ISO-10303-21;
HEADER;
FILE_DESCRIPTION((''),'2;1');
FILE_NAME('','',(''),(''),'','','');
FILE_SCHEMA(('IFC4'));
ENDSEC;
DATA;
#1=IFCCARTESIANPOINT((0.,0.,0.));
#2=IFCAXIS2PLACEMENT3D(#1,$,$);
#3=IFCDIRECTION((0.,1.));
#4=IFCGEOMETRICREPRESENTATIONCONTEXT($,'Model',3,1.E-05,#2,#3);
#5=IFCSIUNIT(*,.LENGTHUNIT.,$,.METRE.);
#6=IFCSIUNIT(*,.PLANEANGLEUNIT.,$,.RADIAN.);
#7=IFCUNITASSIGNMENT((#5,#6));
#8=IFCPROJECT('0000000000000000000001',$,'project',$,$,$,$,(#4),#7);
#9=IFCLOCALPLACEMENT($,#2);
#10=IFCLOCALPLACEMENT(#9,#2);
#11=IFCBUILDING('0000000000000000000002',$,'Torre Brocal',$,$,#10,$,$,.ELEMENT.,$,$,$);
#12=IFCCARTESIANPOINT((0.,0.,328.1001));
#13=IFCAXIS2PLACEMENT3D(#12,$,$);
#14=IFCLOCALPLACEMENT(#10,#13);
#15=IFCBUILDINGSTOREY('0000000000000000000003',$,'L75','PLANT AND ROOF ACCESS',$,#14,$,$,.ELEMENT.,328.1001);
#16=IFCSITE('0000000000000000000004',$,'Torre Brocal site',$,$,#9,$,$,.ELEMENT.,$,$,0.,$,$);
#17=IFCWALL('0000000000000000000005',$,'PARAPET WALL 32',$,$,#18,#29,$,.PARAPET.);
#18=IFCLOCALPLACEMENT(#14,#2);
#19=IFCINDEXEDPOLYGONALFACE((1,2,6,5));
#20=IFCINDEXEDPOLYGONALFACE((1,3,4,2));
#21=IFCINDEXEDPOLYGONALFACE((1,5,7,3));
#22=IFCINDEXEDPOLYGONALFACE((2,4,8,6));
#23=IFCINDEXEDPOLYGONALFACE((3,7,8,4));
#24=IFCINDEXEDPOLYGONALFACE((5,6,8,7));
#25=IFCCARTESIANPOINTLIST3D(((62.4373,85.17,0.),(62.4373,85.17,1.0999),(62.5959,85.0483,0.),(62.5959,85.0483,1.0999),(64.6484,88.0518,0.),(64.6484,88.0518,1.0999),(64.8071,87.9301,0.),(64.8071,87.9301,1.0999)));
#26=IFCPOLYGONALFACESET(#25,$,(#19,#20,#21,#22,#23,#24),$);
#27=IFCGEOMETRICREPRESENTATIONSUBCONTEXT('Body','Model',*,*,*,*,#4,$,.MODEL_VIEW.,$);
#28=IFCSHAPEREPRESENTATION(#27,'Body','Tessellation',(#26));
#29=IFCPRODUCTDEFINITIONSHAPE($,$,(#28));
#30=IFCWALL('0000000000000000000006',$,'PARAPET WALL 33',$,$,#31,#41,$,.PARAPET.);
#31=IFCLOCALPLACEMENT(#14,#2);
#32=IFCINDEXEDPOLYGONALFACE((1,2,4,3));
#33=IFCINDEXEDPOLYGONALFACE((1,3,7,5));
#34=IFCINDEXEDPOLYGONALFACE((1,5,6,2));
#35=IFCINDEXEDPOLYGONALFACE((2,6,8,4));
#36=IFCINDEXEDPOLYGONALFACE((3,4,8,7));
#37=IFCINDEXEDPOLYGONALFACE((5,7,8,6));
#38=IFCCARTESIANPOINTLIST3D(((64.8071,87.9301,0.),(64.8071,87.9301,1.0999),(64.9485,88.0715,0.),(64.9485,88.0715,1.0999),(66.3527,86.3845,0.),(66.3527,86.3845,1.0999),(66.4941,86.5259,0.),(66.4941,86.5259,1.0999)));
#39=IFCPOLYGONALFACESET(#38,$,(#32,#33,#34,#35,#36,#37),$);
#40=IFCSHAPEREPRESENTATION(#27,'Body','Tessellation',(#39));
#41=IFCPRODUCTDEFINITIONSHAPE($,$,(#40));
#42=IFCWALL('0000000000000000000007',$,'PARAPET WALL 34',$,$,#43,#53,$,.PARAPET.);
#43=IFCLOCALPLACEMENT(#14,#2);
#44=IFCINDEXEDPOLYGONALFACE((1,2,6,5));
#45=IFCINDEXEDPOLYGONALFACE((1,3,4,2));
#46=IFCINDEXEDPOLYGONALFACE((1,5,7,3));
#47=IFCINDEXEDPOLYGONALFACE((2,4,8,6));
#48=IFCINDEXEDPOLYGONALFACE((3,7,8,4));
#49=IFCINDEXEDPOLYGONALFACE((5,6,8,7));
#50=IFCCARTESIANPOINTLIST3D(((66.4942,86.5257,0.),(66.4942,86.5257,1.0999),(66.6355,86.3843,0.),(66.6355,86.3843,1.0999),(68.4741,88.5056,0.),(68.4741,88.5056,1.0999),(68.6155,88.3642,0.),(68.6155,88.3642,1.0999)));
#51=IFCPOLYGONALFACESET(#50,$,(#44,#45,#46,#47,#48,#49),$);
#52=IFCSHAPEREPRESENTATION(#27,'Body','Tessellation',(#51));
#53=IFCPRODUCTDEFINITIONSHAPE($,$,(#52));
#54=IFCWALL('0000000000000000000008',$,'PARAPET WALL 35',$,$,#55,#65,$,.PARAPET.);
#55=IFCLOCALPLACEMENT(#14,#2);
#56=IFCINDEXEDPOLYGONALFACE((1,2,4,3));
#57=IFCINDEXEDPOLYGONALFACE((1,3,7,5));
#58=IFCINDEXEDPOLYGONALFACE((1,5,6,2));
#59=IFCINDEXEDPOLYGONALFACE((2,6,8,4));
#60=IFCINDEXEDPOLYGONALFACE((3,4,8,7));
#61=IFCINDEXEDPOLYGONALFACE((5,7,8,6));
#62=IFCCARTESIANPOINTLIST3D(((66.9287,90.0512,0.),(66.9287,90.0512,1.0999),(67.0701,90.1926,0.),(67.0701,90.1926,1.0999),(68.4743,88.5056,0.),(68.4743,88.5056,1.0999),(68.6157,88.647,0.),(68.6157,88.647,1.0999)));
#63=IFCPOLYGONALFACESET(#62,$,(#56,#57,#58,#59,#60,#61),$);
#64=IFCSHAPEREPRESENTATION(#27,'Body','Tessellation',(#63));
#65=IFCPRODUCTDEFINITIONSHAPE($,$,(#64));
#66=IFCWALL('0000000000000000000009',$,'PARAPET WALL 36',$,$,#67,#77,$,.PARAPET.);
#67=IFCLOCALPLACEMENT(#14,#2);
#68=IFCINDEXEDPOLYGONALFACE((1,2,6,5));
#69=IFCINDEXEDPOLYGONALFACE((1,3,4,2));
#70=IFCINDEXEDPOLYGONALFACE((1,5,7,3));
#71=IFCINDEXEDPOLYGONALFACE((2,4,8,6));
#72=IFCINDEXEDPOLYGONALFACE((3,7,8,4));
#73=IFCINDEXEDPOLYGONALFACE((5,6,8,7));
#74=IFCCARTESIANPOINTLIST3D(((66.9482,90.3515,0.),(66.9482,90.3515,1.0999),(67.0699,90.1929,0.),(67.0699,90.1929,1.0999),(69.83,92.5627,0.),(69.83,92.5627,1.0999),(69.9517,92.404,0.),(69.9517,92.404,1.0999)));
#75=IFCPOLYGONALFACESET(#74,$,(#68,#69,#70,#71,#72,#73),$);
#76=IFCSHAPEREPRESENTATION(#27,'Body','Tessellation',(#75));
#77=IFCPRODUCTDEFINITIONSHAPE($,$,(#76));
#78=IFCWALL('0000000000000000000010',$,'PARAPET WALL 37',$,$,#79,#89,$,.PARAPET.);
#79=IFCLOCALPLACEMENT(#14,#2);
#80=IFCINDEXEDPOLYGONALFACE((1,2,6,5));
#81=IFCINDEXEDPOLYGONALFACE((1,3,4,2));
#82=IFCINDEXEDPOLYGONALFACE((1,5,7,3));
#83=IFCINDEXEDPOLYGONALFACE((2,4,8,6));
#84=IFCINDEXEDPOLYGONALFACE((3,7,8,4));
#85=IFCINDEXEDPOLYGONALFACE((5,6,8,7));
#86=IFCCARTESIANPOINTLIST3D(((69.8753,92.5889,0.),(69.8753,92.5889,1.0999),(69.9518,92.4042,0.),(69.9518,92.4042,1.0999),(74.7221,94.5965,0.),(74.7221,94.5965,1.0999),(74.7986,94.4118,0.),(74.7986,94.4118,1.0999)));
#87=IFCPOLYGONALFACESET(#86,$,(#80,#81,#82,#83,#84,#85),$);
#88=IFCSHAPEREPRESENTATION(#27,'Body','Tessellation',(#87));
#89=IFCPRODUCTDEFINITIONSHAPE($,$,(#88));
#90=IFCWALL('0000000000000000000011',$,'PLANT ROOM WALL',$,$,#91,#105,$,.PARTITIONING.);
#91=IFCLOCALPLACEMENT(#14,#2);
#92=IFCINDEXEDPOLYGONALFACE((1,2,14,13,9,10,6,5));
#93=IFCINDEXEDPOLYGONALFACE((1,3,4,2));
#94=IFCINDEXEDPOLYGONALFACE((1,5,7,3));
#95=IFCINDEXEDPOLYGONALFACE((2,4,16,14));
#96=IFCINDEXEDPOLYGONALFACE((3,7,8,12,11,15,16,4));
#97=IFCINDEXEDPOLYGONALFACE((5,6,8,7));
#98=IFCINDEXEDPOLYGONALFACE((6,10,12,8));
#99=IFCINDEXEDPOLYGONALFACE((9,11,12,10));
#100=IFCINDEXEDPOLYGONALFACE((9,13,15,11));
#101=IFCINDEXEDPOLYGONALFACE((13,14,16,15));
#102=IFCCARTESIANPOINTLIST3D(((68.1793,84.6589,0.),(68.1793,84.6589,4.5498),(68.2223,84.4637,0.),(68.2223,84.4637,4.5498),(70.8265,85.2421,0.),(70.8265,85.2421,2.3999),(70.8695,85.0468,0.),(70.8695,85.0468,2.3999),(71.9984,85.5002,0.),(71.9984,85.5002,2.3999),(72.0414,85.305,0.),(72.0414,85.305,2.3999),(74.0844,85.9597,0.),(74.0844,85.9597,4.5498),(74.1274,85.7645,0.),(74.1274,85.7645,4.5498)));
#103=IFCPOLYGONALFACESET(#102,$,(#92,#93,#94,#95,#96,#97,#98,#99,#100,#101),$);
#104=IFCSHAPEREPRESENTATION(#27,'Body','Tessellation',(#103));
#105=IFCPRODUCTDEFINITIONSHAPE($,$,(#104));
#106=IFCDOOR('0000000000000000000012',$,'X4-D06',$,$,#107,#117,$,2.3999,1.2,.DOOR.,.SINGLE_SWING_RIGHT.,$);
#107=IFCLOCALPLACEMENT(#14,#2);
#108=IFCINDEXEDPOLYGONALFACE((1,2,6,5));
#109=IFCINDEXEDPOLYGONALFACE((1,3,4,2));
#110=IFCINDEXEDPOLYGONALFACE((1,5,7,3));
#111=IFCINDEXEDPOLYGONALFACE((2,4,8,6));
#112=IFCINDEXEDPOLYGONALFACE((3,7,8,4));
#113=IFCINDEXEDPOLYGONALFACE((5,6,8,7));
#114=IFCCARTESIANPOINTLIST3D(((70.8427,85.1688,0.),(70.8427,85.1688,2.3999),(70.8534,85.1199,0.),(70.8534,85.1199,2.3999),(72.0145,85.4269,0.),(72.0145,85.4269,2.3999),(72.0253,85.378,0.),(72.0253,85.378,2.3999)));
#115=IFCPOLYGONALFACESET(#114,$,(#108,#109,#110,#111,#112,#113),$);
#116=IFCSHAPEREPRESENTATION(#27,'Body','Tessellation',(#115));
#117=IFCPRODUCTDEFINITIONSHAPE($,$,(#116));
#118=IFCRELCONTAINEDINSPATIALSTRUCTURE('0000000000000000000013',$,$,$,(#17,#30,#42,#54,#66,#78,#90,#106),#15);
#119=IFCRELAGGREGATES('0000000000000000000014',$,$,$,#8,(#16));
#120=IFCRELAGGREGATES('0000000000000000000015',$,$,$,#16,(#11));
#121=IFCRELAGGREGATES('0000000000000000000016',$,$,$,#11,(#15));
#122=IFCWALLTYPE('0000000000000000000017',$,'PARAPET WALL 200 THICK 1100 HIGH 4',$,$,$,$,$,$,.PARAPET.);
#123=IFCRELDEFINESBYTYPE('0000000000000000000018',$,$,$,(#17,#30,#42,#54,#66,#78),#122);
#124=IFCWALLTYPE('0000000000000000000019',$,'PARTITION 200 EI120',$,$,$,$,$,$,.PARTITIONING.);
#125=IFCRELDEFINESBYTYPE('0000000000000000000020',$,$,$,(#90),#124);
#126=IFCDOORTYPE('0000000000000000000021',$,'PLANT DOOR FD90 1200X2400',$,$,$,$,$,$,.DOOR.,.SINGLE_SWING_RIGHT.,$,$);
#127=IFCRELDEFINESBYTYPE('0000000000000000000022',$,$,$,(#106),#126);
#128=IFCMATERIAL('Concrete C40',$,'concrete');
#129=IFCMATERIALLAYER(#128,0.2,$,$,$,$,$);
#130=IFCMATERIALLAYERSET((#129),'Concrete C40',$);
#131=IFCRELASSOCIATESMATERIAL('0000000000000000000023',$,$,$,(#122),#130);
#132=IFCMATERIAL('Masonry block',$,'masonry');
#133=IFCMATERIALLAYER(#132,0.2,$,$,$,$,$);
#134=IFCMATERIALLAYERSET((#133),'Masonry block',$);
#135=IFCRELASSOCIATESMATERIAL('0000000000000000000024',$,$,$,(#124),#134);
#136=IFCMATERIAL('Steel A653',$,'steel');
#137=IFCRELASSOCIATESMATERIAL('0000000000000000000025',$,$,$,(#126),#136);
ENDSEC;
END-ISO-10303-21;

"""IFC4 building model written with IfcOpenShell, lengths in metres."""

from ifc_helpers import new_model, si_unit, direction, frame, frame_2d, origin, place, context, subcontext, project, spatial, rectangle, extrude, material, layer, layer_set, type_object, element, fill, save


model = new_model("IFC4")

# Units and contexts
model_context = context("Model", 3, precision=1e-05, world=origin(), true_north=direction((0.0, 1.0)))
body_context = subcontext(model_context, "Body", "Model", "MODEL_VIEW")
ifc_project = project(units=[si_unit("LENGTHUNIT", "METRE"), si_unit("PLANEANGLEUNIT", "RADIAN")], contexts=[model_context])

# Site, building, storey
site_placement = place(None, origin())
site = spatial("IfcSite", under=ifc_project, at=site_placement, Name="Torre Brocal site", CompositionType="ELEMENT", RefElevation=0.0)
building_placement = place(site_placement, origin())
building = spatial("IfcBuilding", under=site, at=building_placement, Name="Torre Brocal", CompositionType="ELEMENT")
storey_placement = place(building_placement, frame((0.0, 0.0, 328.1001)))
storey = spatial("IfcBuildingStorey", under=building, at=storey_placement, Name="L75", Description="PLANT AND ROOF ACCESS", CompositionType="ELEMENT", Elevation=328.1001)

# Walls
ifc_material_1 = material(Name="Concrete C40", Category="concrete")
ifc_layer_1 = layer(ifc_material_1, 0.2)
ifc_layer_set_1 = layer_set([ifc_layer_1], Name="Concrete C40")
wall_type_1 = type_object("IfcWallType", Name="PARAPET WALL 200 THICK 1100 HIGH 4", PredefinedType="PARAPET", material=ifc_layer_set_1)
wall_1_placement = place(storey_placement, frame((62.5166, 85.1091, 0.0), z_axis=(0.0, 0.0, 1.0), x_axis=(0.608739, 0.79337, 0.0)))
element("IfcWall", 1, at=wall_1_placement, inside=storey, type_object=wall_type_1, Name="PARAPET WALL 32", PredefinedType="PARAPET", context=body_context, shape_type="SweptSolid", body=[
    extrude(rectangle(XDim=3.6323, YDim=0.2, at=frame_2d((1.8162, 0.0))), origin(), (0.0, 0.0, 1.0), 1.0999),
])
wall_2_placement = place(storey_placement, frame((64.8779, 88.0007, 0.0), z_axis=(0.0, 0.0, 1.0), x_axis=(0.707107, -0.707107, 0.0)))
element("IfcWall", 2, at=wall_2_placement, inside=storey, type_object=wall_type_1, Name="PARAPET WALL 33", PredefinedType="PARAPET", context=body_context, shape_type="SweptSolid", body=[
    extrude(rectangle(XDim=2.1858, YDim=0.2, at=frame_2d((1.0928, 0.0))), origin(), (0.0, 0.0, 1.0), 1.0999),
])
wall_3_placement = place(storey_placement, frame((66.5649, 86.4551, 0.0), z_axis=(0.0, 0.0, 1.0), x_axis=(0.707107, 0.707107, 0.0)))
element("IfcWall", 3, at=wall_3_placement, inside=storey, type_object=wall_type_1, Name="PARAPET WALL 34", PredefinedType="PARAPET", context=body_context, shape_type="SweptSolid", body=[
    extrude(rectangle(XDim=2.8, YDim=0.2, at=frame_2d((1.3999, 0.0))), origin(), (0.0, 0.0, 1.0), 1.0999),
])
wall_4_placement = place(storey_placement, frame((68.5449, 88.5764, 0.0), z_axis=(0.0, 0.0, 1.0), x_axis=(-0.707107, 0.707107, 0.0)))
element("IfcWall", 4, at=wall_4_placement, inside=storey, type_object=wall_type_1, Name="PARAPET WALL 35", PredefinedType="PARAPET", context=body_context, shape_type="SweptSolid", body=[
    extrude(rectangle(XDim=2.1858, YDim=0.2, at=frame_2d((1.0928, 0.0))), origin(), (0.0, 0.0, 1.0), 1.0999),
])
wall_5_placement = place(storey_placement, frame((67.009, 90.2722, 0.0), z_axis=(0.0, 0.0, 1.0), x_axis=(0.79337, 0.608739, 0.0)))
element("IfcWall", 5, at=wall_5_placement, inside=storey, type_object=wall_type_1, Name="PARAPET WALL 36", PredefinedType="PARAPET", context=body_context, shape_type="SweptSolid", body=[
    extrude(rectangle(XDim=3.6323, YDim=0.2, at=frame_2d((1.8162, 0.0))), origin(), (0.0, 0.0, 1.0), 1.0999),
])
wall_6_placement = place(storey_placement, frame((69.9136, 92.4966, 0.0), z_axis=(0.0, 0.0, 1.0), x_axis=(0.923879, 0.382685, 0.0)))
element("IfcWall", 6, at=wall_6_placement, inside=storey, type_object=wall_type_1, Name="PARAPET WALL 37", PredefinedType="PARAPET", context=body_context, shape_type="SweptSolid", body=[
    extrude(rectangle(XDim=5.2461, YDim=0.2, at=frame_2d((2.623, 0.0))), origin(), (0.0, 0.0, 1.0), 1.0999),
])

# Wall, opening, door
ifc_material_2 = material(Name="Masonry block", Category="masonry")
ifc_layer_2 = layer(ifc_material_2, 0.2)
ifc_layer_set_2 = layer_set([ifc_layer_2], Name="Masonry block")
wall_type_2 = type_object("IfcWallType", Name="PARTITION 200 EI120", PredefinedType="PARTITIONING", material=ifc_layer_set_2)
wall_7_placement = place(storey_placement, frame((68.2007, 84.5613, 0.0), z_axis=(0.0, 0.0, 1.0), x_axis=(0.976586, 0.215126, 0.0)))
wall_7 = element("IfcWall", 7, at=wall_7_placement, inside=storey, type_object=wall_type_2, Name="PLANT ROOM WALL", PredefinedType="PARTITIONING", context=body_context, shape_type="SweptSolid", body=[
    extrude(rectangle(XDim=6.0466, YDim=0.2, at=frame_2d((3.0234, 0.0))), origin(), (0.0, 0.0, 1.0), 4.5498),
])
opening_1_placement = place(wall_7_placement, frame((2.7107, 0.0, 0.0)))
opening_1 = element("IfcOpeningElement", 8, at=opening_1_placement, cuts=wall_7, PredefinedType="OPENING", context=body_context, shape_type="SweptSolid", body=[
    extrude(rectangle(XDim=1.2, YDim=2.3999, at=frame_2d((0.6001, 1.2))), frame((0.0, 0.1099, 0.0), z_axis=(0.0, -1.0, 0.0), x_axis=(1.0, 0.0, 0.0)), (0.0, 0.0, 1.0), 0.22),
])
ifc_material_3 = material(Name="Steel A653", Category="steel")
door_type = type_object("IfcDoorType", Name="PLANT DOOR FD90 1200X2400", OperationType="SINGLE_SWING_RIGHT", PredefinedType="DOOR", material=ifc_material_3)
door_placement = place(opening_1_placement, origin())
door = element("IfcDoor", 9, at=door_placement, inside=storey, type_object=door_type, Name="X4-D06", OperationType="SINGLE_SWING_RIGHT", OverallHeight=2.3999, OverallWidth=1.2, PredefinedType="DOOR", context=body_context, shape_type="SweptSolid", body=[
    extrude(rectangle(XDim=1.2, YDim=2.3999, at=frame_2d((0.6001, 1.2))), frame((0.0, 0.0249, 0.0), z_axis=(0.0, -1.0, 0.0), x_axis=(1.0, 0.0, 0.0)), (0.0, 0.0, 1.0), 0.05),
])
fill(opening_1, door)

save(model, "model.ifc")
